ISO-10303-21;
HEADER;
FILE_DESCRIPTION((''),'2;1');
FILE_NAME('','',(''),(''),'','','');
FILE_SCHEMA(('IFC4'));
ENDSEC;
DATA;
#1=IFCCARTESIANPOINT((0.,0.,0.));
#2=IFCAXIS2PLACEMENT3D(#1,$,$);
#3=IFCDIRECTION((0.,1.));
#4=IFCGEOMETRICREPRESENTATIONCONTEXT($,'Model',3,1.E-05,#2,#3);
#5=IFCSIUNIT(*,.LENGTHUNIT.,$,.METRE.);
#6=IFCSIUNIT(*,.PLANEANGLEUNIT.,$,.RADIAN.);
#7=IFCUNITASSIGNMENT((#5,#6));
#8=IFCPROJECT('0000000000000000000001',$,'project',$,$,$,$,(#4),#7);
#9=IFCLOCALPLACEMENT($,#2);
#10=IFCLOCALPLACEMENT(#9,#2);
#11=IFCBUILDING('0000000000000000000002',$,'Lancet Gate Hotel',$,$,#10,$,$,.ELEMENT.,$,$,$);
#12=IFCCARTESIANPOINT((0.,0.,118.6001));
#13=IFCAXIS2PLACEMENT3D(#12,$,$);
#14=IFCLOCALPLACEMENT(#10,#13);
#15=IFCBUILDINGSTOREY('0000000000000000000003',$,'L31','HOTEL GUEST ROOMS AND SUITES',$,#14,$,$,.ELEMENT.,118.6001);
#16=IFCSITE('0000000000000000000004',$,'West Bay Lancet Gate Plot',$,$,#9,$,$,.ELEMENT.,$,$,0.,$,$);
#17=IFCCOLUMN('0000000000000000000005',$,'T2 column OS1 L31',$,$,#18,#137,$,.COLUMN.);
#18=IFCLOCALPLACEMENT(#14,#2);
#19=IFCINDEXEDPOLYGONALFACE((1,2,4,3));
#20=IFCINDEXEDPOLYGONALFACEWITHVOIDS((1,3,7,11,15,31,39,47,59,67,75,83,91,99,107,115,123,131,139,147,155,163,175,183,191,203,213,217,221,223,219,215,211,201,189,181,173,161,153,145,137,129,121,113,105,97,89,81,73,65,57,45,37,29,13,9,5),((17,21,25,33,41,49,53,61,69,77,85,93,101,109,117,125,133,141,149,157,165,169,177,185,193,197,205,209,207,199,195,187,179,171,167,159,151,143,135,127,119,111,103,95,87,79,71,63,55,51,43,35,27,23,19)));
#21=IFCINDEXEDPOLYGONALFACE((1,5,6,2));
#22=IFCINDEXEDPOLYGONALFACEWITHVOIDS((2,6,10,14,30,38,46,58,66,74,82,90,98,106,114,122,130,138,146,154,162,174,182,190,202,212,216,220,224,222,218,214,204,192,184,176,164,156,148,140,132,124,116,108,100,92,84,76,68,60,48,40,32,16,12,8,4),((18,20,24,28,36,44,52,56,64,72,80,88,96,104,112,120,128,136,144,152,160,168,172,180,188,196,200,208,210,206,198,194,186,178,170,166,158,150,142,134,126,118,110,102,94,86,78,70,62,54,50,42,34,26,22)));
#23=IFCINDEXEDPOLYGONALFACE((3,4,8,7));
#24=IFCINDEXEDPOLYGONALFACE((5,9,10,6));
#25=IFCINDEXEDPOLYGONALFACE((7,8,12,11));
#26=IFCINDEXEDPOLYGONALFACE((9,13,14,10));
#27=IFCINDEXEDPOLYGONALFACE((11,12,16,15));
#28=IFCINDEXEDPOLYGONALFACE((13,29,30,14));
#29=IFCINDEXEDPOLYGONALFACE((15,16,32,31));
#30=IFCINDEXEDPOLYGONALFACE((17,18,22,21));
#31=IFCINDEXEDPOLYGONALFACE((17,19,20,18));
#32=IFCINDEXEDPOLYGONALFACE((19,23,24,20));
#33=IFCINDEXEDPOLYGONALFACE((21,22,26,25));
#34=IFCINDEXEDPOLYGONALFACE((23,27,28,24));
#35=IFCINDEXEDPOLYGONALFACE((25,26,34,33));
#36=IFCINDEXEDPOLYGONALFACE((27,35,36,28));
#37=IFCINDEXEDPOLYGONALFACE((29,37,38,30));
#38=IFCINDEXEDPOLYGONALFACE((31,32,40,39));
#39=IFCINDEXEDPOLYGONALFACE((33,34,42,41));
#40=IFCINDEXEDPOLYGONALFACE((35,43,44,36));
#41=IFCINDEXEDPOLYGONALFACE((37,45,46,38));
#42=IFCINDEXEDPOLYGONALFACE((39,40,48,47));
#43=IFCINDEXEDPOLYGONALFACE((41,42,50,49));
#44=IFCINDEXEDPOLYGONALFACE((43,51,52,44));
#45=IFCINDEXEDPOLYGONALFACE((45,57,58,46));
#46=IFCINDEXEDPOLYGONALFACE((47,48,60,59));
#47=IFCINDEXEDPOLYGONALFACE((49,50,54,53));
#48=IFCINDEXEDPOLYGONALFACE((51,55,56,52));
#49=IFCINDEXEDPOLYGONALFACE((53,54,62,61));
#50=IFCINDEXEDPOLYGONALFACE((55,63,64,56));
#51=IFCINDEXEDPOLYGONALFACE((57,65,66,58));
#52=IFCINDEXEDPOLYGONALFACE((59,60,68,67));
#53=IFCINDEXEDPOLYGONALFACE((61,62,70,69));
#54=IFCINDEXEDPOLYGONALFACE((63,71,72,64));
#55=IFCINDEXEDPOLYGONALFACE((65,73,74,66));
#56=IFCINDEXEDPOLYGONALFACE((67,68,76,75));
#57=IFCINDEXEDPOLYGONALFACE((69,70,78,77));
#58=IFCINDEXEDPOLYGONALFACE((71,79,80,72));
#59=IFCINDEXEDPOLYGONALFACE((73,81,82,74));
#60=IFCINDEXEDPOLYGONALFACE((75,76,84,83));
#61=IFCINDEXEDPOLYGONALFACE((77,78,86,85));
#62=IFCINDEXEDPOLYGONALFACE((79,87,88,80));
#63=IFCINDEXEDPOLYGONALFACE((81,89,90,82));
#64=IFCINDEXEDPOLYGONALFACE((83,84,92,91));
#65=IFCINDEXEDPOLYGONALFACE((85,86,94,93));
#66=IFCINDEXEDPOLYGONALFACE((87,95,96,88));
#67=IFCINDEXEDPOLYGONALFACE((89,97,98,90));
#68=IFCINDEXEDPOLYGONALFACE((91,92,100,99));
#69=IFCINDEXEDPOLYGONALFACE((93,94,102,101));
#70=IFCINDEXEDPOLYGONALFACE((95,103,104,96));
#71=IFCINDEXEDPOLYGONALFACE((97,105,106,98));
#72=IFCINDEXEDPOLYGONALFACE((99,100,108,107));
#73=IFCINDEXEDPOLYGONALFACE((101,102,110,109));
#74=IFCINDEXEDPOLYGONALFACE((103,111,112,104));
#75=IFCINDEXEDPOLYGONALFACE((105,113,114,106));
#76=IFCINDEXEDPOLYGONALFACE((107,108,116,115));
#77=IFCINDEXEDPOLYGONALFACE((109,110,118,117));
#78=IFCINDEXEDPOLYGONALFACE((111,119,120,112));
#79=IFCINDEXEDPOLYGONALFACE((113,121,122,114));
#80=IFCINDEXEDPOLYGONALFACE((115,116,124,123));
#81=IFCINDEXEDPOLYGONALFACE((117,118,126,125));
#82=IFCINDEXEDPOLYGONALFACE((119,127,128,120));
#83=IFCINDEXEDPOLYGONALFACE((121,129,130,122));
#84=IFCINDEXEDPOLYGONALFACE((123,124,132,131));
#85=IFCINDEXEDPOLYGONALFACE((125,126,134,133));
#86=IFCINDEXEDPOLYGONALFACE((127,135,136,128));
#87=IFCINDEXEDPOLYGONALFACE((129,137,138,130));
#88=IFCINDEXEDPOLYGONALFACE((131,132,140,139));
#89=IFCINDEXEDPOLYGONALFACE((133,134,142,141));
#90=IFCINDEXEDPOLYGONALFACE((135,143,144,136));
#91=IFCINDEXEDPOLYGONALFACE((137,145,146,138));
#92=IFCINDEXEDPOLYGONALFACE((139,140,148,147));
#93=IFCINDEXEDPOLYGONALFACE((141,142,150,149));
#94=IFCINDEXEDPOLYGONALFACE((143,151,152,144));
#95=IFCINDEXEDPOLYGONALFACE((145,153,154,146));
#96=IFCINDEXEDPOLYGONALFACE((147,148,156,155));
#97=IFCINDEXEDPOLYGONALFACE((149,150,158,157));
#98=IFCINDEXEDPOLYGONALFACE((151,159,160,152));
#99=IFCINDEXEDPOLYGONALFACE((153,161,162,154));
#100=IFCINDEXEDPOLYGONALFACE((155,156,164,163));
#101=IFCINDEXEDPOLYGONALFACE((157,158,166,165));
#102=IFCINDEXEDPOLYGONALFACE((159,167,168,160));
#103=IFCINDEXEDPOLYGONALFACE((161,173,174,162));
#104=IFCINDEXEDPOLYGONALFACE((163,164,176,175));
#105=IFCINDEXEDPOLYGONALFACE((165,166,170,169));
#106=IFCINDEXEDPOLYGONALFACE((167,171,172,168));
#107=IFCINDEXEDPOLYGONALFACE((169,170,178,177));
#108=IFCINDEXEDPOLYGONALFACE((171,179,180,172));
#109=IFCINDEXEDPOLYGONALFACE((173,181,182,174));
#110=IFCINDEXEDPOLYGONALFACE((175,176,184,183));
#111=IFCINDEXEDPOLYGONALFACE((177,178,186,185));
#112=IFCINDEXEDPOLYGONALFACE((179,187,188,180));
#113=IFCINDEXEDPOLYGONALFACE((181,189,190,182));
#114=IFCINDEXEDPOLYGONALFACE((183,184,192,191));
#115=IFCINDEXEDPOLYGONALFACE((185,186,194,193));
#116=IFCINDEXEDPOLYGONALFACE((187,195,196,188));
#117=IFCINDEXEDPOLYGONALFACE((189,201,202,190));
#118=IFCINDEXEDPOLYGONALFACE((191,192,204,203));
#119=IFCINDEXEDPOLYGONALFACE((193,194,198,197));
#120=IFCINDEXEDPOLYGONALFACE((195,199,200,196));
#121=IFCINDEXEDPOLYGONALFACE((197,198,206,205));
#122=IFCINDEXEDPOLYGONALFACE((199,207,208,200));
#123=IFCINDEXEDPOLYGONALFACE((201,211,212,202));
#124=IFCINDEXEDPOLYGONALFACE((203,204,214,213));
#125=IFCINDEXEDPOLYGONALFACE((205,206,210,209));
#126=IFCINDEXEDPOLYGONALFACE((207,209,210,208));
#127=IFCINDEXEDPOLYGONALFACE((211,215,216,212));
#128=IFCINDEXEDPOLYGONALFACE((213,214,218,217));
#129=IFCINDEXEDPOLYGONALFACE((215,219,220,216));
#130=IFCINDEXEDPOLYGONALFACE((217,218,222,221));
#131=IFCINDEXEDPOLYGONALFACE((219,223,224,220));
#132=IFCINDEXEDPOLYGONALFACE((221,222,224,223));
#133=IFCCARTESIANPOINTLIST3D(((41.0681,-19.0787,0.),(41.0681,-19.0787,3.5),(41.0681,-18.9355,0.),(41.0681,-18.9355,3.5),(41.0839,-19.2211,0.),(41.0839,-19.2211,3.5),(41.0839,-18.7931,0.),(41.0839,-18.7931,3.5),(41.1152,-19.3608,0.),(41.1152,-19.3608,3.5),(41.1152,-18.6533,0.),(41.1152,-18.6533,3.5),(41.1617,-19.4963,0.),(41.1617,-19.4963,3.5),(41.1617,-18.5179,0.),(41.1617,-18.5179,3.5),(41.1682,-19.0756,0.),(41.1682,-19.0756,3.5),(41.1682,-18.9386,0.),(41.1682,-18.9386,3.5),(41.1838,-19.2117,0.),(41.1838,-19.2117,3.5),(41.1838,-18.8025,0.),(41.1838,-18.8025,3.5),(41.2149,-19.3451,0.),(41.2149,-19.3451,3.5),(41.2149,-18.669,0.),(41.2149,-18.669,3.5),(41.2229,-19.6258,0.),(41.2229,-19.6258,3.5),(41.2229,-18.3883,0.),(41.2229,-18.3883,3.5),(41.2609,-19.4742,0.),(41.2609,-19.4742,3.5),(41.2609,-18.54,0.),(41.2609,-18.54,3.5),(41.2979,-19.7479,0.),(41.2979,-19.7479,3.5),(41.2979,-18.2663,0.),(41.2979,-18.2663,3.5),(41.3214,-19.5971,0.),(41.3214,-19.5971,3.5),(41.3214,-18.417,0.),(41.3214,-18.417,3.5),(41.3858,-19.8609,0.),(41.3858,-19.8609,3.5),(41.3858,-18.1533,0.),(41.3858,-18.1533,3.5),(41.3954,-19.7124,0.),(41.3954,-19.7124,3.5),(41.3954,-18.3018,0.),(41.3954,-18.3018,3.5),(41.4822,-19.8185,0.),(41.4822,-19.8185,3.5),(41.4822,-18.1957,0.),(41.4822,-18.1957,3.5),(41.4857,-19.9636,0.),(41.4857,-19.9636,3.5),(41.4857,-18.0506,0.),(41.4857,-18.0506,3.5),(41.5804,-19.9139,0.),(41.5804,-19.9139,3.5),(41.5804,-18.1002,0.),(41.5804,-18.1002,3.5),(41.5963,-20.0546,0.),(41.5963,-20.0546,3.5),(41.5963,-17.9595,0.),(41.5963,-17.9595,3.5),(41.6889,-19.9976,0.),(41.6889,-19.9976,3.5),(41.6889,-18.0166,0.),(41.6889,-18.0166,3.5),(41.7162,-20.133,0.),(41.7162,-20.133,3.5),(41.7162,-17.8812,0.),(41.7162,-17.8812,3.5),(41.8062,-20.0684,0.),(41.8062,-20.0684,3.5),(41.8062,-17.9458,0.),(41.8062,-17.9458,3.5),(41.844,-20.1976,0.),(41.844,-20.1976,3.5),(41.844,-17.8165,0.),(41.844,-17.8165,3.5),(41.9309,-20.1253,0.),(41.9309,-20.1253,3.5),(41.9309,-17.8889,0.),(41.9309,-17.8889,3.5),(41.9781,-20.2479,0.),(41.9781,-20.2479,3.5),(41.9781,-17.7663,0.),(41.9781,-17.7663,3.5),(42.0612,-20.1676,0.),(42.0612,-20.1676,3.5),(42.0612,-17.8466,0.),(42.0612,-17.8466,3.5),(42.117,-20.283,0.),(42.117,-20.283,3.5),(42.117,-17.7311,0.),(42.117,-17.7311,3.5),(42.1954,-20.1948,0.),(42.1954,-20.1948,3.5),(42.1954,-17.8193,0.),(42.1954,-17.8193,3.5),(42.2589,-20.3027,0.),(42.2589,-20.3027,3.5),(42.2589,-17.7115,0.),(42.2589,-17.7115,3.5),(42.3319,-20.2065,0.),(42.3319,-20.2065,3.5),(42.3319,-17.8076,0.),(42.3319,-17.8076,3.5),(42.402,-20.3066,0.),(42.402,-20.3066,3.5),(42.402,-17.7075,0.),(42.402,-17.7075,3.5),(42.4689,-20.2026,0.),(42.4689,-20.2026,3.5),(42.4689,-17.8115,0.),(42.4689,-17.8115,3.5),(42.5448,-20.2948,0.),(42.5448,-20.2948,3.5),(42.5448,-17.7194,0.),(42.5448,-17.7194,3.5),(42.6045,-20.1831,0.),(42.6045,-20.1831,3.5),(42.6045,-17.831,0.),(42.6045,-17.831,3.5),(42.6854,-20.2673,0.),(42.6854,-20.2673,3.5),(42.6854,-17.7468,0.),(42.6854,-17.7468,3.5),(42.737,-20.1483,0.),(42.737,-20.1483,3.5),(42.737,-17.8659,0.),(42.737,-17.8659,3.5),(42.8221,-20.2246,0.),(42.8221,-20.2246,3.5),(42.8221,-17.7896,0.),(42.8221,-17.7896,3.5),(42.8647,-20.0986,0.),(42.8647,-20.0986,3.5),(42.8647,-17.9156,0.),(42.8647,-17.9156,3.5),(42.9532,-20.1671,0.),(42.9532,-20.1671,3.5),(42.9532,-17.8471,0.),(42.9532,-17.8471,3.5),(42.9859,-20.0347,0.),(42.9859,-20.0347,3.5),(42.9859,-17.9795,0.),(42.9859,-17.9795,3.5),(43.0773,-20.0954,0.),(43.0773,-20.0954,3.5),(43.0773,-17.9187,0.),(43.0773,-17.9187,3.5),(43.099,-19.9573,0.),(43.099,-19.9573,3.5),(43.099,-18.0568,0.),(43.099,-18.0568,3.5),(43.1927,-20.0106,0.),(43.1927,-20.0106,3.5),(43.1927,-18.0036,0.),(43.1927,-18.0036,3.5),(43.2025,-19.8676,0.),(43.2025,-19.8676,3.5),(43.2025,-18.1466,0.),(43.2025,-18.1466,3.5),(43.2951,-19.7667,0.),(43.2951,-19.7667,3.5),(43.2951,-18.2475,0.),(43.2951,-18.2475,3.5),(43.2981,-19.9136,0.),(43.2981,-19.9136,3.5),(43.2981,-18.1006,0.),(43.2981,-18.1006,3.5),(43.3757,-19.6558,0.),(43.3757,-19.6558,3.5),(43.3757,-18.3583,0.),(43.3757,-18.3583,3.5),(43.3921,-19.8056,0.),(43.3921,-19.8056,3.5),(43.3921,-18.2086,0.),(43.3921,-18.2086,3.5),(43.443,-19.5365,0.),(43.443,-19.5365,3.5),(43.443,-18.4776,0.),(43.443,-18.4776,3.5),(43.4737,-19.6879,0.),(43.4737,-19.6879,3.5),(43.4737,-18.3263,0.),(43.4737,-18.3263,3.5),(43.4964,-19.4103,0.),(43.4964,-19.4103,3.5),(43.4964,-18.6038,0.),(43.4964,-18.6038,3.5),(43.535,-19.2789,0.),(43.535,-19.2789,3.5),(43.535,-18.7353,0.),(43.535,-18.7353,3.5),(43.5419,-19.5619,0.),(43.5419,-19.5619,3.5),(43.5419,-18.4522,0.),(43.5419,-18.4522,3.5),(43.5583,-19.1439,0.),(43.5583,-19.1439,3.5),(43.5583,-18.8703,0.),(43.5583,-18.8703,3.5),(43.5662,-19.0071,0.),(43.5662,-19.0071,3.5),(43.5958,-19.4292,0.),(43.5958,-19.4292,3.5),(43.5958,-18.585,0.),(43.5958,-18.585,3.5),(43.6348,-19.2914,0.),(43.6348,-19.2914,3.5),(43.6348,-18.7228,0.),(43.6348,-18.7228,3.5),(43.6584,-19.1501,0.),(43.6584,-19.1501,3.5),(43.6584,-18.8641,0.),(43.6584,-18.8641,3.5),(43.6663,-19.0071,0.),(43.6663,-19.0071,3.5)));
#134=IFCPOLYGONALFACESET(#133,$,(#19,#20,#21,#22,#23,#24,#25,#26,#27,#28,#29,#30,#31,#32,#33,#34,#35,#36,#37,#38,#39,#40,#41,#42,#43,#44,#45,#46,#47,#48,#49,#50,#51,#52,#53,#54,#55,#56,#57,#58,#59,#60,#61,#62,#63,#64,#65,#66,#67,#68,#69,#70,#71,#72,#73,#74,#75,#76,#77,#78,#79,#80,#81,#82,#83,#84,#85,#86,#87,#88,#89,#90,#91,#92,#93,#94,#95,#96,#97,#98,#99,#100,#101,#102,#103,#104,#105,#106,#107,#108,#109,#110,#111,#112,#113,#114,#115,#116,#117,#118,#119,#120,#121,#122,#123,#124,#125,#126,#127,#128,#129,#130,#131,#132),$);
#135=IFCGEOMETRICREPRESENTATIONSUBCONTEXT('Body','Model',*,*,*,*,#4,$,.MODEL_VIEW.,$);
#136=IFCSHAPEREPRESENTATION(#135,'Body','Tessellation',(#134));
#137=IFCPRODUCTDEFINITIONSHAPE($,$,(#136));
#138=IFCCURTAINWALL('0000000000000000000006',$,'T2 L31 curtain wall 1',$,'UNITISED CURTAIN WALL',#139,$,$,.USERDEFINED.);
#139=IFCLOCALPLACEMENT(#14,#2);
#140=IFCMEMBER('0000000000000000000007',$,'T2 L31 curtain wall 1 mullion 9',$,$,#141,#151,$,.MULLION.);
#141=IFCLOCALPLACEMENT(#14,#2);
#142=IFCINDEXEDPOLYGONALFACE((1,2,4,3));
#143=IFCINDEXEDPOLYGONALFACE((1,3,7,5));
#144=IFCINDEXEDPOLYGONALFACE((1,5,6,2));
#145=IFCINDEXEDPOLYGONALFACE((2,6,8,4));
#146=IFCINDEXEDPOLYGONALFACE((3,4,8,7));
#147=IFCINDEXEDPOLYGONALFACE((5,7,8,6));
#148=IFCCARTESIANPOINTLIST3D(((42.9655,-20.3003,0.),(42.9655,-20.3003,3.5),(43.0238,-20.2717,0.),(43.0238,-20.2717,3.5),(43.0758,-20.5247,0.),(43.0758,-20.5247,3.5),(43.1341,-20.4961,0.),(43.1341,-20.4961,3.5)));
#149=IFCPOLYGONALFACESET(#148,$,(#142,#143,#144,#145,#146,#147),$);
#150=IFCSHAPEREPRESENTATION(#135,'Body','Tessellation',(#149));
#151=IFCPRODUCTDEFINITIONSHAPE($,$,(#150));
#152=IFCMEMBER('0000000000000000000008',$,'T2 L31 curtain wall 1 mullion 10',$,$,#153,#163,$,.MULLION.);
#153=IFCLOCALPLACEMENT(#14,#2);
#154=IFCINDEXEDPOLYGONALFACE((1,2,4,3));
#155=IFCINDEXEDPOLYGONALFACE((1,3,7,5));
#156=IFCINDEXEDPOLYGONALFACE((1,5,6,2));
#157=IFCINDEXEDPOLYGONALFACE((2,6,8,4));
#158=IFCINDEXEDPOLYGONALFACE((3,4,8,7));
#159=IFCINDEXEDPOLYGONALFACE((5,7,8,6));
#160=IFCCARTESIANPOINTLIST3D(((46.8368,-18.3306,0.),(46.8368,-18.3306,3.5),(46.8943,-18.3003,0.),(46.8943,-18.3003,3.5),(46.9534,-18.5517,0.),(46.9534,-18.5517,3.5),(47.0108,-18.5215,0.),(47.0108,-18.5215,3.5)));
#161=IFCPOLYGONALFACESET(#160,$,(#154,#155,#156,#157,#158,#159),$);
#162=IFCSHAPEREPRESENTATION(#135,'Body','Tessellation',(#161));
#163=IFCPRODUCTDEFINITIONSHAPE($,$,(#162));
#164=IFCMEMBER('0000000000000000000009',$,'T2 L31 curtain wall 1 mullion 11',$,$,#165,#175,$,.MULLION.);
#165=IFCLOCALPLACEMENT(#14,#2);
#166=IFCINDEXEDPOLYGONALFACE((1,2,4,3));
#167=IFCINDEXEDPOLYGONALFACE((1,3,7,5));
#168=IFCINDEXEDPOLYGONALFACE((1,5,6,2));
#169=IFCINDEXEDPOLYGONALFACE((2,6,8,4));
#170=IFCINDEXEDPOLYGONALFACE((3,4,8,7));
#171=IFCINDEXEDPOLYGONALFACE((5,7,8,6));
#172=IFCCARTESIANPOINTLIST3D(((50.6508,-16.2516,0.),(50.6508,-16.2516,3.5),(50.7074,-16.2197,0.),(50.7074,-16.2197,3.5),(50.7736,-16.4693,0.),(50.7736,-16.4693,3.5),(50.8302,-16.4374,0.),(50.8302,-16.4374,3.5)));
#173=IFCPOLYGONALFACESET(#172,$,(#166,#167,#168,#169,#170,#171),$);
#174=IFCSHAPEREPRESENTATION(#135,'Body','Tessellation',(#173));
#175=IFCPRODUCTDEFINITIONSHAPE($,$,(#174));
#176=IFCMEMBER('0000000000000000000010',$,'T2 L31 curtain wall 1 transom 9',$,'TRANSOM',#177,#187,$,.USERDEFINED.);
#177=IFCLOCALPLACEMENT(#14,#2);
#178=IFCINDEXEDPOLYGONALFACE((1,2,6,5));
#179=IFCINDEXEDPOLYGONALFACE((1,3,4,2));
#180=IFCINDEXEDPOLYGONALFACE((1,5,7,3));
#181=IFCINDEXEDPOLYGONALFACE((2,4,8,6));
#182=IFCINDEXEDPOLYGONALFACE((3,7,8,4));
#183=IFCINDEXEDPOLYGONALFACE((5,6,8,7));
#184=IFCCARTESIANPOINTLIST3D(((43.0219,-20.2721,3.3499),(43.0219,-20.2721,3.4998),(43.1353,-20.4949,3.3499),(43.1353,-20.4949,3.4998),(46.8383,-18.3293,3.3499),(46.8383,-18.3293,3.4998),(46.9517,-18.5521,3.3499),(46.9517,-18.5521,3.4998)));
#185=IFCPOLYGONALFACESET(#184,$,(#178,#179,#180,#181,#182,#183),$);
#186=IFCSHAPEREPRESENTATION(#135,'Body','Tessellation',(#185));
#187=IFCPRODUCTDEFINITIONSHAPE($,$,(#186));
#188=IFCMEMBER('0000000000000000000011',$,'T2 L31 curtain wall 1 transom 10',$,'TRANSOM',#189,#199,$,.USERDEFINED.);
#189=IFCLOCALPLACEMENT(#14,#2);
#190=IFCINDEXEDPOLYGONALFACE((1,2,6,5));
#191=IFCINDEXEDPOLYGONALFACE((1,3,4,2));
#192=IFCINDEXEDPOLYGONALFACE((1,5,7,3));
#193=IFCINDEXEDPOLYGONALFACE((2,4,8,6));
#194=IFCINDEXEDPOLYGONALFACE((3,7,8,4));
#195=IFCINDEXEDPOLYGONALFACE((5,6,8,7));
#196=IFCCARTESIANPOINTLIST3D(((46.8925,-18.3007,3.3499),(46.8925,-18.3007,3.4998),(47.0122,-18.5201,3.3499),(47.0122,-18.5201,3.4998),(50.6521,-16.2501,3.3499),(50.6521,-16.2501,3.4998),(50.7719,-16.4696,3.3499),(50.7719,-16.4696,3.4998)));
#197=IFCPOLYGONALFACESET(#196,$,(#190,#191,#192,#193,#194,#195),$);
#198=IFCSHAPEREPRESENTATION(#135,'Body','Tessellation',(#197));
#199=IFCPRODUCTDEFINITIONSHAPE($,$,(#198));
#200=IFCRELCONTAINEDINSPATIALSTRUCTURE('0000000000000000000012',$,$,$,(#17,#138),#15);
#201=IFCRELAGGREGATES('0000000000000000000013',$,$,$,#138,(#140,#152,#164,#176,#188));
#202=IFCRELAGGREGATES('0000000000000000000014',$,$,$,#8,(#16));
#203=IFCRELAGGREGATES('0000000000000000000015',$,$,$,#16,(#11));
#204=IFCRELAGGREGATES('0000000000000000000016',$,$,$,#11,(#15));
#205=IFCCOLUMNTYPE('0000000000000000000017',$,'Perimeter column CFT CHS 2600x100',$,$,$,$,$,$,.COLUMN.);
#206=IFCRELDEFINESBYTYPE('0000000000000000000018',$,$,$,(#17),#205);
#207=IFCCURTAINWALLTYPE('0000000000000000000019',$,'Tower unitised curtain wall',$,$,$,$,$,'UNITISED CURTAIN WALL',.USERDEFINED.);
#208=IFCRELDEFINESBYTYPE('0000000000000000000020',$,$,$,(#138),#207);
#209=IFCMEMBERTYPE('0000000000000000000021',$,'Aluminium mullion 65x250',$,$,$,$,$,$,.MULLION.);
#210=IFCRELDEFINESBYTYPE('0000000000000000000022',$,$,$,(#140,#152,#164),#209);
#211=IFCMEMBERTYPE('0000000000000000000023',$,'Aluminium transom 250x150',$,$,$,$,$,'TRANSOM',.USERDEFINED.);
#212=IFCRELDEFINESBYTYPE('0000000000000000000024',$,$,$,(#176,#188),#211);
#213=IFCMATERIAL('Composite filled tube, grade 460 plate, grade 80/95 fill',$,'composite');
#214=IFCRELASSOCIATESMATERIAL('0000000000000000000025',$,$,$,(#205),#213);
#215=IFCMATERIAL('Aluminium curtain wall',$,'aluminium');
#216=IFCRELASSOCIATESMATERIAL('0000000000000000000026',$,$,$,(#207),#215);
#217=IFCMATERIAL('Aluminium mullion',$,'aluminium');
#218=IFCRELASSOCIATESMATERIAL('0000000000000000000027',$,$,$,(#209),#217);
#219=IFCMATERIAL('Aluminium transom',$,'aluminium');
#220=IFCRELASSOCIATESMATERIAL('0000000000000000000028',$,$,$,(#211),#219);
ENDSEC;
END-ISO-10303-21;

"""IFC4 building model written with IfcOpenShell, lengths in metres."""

from ifc_helpers import new_model, si_unit, direction, frame, origin, origin_2d, place, context, subcontext, project, spatial, rectangle, hollow_circle, extrude, material, material_profile, profile_set, type_object, element, aggregate, save


model = new_model("IFC4")

# Units and contexts
model_context = context("Model", 3, precision=1e-05, world=origin(), true_north=direction((0.0, 1.0)))
body_context = subcontext(model_context, "Body", "Model", "MODEL_VIEW")
ifc_project = project(units=[si_unit("LENGTHUNIT", "METRE"), si_unit("PLANEANGLEUNIT", "RADIAN")], contexts=[model_context])

# Site, building, storey
site_placement = place(None, origin())
site = spatial("IfcSite", under=ifc_project, at=site_placement, Name="West Bay Lancet Gate Plot", CompositionType="ELEMENT", RefElevation=0.0)
building_placement = place(site_placement, origin())
building = spatial("IfcBuilding", under=site, at=building_placement, Name="Lancet Gate Hotel", CompositionType="ELEMENT")
storey_placement = place(building_placement, frame((0.0, 0.0, 118.6001)))
storey = spatial("IfcBuildingStorey", under=building, at=storey_placement, Name="L31", Description="HOTEL GUEST ROOMS AND SUITES", CompositionType="ELEMENT", Elevation=118.6001)

# Column
ifc_material_1 = material(Name="Composite filled tube, grade 460 plate, grade 80/95 fill", Category="composite")
ifc_material_profile_1 = material_profile(ifc_material_1, hollow_circle(Radius=1.3, WallThickness=0.1001, at=origin_2d()), Name="CHS 2600x100")
ifc_profile_set_1 = profile_set([ifc_material_profile_1], Name="Composite filled tube, grade 460 plate, grade 80/95 fill")
column_type = type_object("IfcColumnType", Name="Perimeter column CFT CHS 2600x100", PredefinedType="COLUMN", material=ifc_profile_set_1)
column_placement = place(storey_placement, frame((42.3662, -19.0071, 0.0), z_axis=(0.0, 0.0, 1.0), x_axis=(1.0, 0.0, 0.0)))
element("IfcColumn", 1, at=column_placement, inside=storey, type_object=column_type, Name="T2 column OS1 L31", PredefinedType="COLUMN", context=body_context, shape_type="SweptSolid", body=[
    extrude(hollow_circle(Radius=1.3, WallThickness=0.1001, at=origin_2d()), origin(), (0.0, 0.0, 1.0), 3.5),
])

# Curtain wall, members
ifc_material_2 = material(Name="Aluminium curtain wall", Category="aluminium")
curtain_wall_type = type_object("IfcCurtainWallType", Name="Tower unitised curtain wall", ElementType="UNITISED CURTAIN WALL", PredefinedType="USERDEFINED", material=ifc_material_2)
curtain_wall_placement = place(storey_placement, origin())
curtain_wall = element("IfcCurtainWall", 2, at=curtain_wall_placement, inside=storey, type_object=curtain_wall_type, Name="T2 L31 curtain wall 1", ObjectType="UNITISED CURTAIN WALL", PredefinedType="USERDEFINED")
ifc_material_3 = material(Name="Aluminium mullion", Category="aluminium")
ifc_material_profile_2 = material_profile(ifc_material_3, rectangle(XDim=0.0649, YDim=0.25, at=origin_2d()), Name="MULLION 65x250")
ifc_profile_set_2 = profile_set([ifc_material_profile_2], Name="Aluminium mullion")
member_type_1 = type_object("IfcMemberType", Name="Aluminium mullion 65x250", PredefinedType="MULLION", material=ifc_profile_set_2)
member_1_placement = place(storey_placement, frame((43.0498, -20.3982, 0.0), z_axis=(0.0, 0.0, 1.0), x_axis=(0.897512, 0.44099, 0.0)))
member_1 = element("IfcMember", 3, at=member_1_placement, type_object=member_type_1, Name="T2 L31 curtain wall 1 mullion 9", PredefinedType="MULLION", context=body_context, shape_type="SweptSolid", body=[
    extrude(rectangle(XDim=0.0649, YDim=0.25, at=origin_2d()), origin(), (0.0, 0.0, 1.0), 3.5),
])
member_2_placement = place(storey_placement, frame((46.9238, -18.426, 0.0), z_axis=(0.0, 0.0, 1.0), x_axis=(0.884627, 0.466299, 0.0)))
member_2 = element("IfcMember", 4, at=member_2_placement, type_object=member_type_1, Name="T2 L31 curtain wall 1 mullion 10", PredefinedType="MULLION", context=body_context, shape_type="SweptSolid", body=[
    extrude(rectangle(XDim=0.0649, YDim=0.25, at=origin_2d()), origin(), (0.0, 0.0, 1.0), 3.5),
])
member_3_placement = place(storey_placement, frame((50.7405, -16.3445, 0.0), z_axis=(0.0, 0.0, 1.0), x_axis=(0.871029, 0.491232, 0.0)))
member_3 = element("IfcMember", 5, at=member_3_placement, type_object=member_type_1, Name="T2 L31 curtain wall 1 mullion 11", PredefinedType="MULLION", context=body_context, shape_type="SweptSolid", body=[
    extrude(rectangle(XDim=0.0649, YDim=0.25, at=origin_2d()), origin(), (0.0, 0.0, 1.0), 3.5),
])
ifc_material_4 = material(Name="Aluminium transom", Category="aluminium")
ifc_material_profile_3 = material_profile(ifc_material_4, rectangle(XDim=0.25, YDim=0.1499, at=origin_2d()), Name="TRANSOM 250x150")
ifc_profile_set_3 = profile_set([ifc_material_profile_3], Name="Aluminium transom")
member_type_2 = type_object("IfcMemberType", Name="Aluminium transom 250x150", ElementType="TRANSOM", PredefinedType="USERDEFINED", material=ifc_profile_set_3)
member_4_placement = place(storey_placement, frame((43.0786, -20.3835, 3.4248), z_axis=(0.891166, 0.453678, 0.0), x_axis=(-0.453678, 0.891166, 0.0)))
member_4 = element("IfcMember", 6, at=member_4_placement, type_object=member_type_2, Name="T2 L31 curtain wall 1 transom 9", ObjectType="TRANSOM", PredefinedType="USERDEFINED", context=body_context, shape_type="SweptSolid", body=[
    extrude(rectangle(XDim=0.25, YDim=0.1499, at=origin_2d()), origin(), (0.0, 0.0, 1.0), 4.2825),
])
member_5_placement = place(storey_placement, frame((46.9524, -18.4104, 3.4248), z_axis=(0.877906, 0.478832, 0.0), x_axis=(-0.478832, 0.877906, 0.0)))
member_5 = element("IfcMember", 7, at=member_5_placement, type_object=member_type_2, Name="T2 L31 curtain wall 1 transom 10", ObjectType="TRANSOM", PredefinedType="USERDEFINED", context=body_context, shape_type="SweptSolid", body=[
    extrude(rectangle(XDim=0.25, YDim=0.1499, at=origin_2d()), origin(), (0.0, 0.0, 1.0), 4.2825),
])

aggregate(curtain_wall, [member_1, member_2, member_3, member_4, member_5])

save(model, "model.ifc")
